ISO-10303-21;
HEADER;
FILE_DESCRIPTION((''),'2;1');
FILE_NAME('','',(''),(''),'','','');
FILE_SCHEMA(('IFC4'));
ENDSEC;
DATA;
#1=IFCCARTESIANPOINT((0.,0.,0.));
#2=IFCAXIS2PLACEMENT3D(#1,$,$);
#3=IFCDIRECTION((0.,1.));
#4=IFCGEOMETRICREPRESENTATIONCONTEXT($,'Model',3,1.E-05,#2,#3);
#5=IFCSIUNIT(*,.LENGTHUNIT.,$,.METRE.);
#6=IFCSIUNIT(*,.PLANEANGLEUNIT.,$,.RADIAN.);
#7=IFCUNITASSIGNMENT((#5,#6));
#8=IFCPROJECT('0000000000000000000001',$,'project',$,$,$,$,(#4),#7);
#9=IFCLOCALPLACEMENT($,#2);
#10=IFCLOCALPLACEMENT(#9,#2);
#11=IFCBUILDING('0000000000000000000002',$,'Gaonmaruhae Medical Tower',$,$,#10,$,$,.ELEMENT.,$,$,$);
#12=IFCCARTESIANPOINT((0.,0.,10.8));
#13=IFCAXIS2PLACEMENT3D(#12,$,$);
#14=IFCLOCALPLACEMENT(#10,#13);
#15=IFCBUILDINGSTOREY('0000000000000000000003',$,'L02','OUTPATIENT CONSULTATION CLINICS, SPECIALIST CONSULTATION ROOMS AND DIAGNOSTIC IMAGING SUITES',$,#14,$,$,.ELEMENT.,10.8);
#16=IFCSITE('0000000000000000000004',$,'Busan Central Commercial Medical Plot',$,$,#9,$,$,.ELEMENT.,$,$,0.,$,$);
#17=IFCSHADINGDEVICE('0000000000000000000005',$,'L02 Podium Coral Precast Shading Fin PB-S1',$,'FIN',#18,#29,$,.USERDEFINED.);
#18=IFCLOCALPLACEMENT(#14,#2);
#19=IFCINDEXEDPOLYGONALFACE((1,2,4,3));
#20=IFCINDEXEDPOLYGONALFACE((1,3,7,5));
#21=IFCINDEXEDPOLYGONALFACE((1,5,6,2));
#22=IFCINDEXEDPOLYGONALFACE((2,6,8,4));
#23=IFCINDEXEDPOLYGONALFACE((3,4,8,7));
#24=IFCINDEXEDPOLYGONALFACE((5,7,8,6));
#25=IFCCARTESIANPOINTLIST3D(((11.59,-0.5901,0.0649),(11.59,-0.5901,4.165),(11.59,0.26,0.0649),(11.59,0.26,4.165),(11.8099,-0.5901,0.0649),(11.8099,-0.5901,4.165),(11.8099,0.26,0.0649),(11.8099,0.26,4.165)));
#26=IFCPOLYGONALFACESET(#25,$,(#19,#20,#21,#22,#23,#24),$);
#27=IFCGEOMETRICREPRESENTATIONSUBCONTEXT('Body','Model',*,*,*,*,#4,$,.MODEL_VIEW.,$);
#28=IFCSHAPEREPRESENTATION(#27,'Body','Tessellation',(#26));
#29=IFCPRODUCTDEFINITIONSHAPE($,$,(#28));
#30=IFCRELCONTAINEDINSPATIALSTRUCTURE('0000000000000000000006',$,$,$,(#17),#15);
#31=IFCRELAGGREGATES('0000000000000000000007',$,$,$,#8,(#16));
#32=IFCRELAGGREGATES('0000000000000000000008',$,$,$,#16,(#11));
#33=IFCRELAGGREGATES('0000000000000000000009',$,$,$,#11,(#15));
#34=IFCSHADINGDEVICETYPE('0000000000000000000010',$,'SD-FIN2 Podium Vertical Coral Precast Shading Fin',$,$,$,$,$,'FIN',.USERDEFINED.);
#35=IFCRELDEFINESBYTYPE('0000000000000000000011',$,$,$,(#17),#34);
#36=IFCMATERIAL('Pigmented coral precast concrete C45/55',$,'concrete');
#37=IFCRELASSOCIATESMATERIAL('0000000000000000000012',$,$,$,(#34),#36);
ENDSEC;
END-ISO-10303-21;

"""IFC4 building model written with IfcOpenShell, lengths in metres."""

from ifc_helpers import new_model, si_unit, direction, frame, origin, origin_2d, place, context, subcontext, project, spatial, rectangle, extrude, material, type_object, element, save


model = new_model("IFC4")

# Units and contexts
model_context = context("Model", 3, precision=1e-05, world=origin(), true_north=direction((0.0, 1.0)))
body_context = subcontext(model_context, "Body", "Model", "MODEL_VIEW")
ifc_project = project(units=[si_unit("LENGTHUNIT", "METRE"), si_unit("PLANEANGLEUNIT", "RADIAN")], contexts=[model_context])

# Site, building, storey
site_placement = place(None, origin())
site = spatial("IfcSite", under=ifc_project, at=site_placement, Name="Busan Central Commercial Medical Plot", CompositionType="ELEMENT", RefElevation=0.0)
building_placement = place(site_placement, origin())
building = spatial("IfcBuilding", under=site, at=building_placement, Name="Gaonmaruhae Medical Tower", CompositionType="ELEMENT")
storey_placement = place(building_placement, frame((0.0, 0.0, 10.8)))
storey = spatial("IfcBuildingStorey", under=building, at=storey_placement, Name="L02", Description="OUTPATIENT CONSULTATION CLINICS, SPECIALIST CONSULTATION ROOMS AND DIAGNOSTIC IMAGING SUITES", CompositionType="ELEMENT", Elevation=10.8)

# Shading device
ifc_material_1 = material(Name="Pigmented coral precast concrete C45/55", Category="concrete")
shading_device_type = type_object("IfcShadingDeviceType", Name="SD-FIN2 Podium Vertical Coral Precast Shading Fin", ElementType="FIN", PredefinedType="USERDEFINED", material=ifc_material_1)
shading_device_placement = place(storey_placement, frame((11.7, -0.165, 0.0649), z_axis=(0.0, 0.0, 1.0), x_axis=(-1.0, 0.0, 0.0)))
element("IfcShadingDevice", 1, at=shading_device_placement, inside=storey, type_object=shading_device_type, Name="L02 Podium Coral Precast Shading Fin PB-S1", ObjectType="FIN", PredefinedType="USERDEFINED", context=body_context, shape_type="SweptSolid", body=[
    extrude(rectangle(XDim=0.22, YDim=0.8501, at=origin_2d()), origin(), (0.0, 0.0, 1.0), 4.1001),
])

save(model, "model.ifc")
